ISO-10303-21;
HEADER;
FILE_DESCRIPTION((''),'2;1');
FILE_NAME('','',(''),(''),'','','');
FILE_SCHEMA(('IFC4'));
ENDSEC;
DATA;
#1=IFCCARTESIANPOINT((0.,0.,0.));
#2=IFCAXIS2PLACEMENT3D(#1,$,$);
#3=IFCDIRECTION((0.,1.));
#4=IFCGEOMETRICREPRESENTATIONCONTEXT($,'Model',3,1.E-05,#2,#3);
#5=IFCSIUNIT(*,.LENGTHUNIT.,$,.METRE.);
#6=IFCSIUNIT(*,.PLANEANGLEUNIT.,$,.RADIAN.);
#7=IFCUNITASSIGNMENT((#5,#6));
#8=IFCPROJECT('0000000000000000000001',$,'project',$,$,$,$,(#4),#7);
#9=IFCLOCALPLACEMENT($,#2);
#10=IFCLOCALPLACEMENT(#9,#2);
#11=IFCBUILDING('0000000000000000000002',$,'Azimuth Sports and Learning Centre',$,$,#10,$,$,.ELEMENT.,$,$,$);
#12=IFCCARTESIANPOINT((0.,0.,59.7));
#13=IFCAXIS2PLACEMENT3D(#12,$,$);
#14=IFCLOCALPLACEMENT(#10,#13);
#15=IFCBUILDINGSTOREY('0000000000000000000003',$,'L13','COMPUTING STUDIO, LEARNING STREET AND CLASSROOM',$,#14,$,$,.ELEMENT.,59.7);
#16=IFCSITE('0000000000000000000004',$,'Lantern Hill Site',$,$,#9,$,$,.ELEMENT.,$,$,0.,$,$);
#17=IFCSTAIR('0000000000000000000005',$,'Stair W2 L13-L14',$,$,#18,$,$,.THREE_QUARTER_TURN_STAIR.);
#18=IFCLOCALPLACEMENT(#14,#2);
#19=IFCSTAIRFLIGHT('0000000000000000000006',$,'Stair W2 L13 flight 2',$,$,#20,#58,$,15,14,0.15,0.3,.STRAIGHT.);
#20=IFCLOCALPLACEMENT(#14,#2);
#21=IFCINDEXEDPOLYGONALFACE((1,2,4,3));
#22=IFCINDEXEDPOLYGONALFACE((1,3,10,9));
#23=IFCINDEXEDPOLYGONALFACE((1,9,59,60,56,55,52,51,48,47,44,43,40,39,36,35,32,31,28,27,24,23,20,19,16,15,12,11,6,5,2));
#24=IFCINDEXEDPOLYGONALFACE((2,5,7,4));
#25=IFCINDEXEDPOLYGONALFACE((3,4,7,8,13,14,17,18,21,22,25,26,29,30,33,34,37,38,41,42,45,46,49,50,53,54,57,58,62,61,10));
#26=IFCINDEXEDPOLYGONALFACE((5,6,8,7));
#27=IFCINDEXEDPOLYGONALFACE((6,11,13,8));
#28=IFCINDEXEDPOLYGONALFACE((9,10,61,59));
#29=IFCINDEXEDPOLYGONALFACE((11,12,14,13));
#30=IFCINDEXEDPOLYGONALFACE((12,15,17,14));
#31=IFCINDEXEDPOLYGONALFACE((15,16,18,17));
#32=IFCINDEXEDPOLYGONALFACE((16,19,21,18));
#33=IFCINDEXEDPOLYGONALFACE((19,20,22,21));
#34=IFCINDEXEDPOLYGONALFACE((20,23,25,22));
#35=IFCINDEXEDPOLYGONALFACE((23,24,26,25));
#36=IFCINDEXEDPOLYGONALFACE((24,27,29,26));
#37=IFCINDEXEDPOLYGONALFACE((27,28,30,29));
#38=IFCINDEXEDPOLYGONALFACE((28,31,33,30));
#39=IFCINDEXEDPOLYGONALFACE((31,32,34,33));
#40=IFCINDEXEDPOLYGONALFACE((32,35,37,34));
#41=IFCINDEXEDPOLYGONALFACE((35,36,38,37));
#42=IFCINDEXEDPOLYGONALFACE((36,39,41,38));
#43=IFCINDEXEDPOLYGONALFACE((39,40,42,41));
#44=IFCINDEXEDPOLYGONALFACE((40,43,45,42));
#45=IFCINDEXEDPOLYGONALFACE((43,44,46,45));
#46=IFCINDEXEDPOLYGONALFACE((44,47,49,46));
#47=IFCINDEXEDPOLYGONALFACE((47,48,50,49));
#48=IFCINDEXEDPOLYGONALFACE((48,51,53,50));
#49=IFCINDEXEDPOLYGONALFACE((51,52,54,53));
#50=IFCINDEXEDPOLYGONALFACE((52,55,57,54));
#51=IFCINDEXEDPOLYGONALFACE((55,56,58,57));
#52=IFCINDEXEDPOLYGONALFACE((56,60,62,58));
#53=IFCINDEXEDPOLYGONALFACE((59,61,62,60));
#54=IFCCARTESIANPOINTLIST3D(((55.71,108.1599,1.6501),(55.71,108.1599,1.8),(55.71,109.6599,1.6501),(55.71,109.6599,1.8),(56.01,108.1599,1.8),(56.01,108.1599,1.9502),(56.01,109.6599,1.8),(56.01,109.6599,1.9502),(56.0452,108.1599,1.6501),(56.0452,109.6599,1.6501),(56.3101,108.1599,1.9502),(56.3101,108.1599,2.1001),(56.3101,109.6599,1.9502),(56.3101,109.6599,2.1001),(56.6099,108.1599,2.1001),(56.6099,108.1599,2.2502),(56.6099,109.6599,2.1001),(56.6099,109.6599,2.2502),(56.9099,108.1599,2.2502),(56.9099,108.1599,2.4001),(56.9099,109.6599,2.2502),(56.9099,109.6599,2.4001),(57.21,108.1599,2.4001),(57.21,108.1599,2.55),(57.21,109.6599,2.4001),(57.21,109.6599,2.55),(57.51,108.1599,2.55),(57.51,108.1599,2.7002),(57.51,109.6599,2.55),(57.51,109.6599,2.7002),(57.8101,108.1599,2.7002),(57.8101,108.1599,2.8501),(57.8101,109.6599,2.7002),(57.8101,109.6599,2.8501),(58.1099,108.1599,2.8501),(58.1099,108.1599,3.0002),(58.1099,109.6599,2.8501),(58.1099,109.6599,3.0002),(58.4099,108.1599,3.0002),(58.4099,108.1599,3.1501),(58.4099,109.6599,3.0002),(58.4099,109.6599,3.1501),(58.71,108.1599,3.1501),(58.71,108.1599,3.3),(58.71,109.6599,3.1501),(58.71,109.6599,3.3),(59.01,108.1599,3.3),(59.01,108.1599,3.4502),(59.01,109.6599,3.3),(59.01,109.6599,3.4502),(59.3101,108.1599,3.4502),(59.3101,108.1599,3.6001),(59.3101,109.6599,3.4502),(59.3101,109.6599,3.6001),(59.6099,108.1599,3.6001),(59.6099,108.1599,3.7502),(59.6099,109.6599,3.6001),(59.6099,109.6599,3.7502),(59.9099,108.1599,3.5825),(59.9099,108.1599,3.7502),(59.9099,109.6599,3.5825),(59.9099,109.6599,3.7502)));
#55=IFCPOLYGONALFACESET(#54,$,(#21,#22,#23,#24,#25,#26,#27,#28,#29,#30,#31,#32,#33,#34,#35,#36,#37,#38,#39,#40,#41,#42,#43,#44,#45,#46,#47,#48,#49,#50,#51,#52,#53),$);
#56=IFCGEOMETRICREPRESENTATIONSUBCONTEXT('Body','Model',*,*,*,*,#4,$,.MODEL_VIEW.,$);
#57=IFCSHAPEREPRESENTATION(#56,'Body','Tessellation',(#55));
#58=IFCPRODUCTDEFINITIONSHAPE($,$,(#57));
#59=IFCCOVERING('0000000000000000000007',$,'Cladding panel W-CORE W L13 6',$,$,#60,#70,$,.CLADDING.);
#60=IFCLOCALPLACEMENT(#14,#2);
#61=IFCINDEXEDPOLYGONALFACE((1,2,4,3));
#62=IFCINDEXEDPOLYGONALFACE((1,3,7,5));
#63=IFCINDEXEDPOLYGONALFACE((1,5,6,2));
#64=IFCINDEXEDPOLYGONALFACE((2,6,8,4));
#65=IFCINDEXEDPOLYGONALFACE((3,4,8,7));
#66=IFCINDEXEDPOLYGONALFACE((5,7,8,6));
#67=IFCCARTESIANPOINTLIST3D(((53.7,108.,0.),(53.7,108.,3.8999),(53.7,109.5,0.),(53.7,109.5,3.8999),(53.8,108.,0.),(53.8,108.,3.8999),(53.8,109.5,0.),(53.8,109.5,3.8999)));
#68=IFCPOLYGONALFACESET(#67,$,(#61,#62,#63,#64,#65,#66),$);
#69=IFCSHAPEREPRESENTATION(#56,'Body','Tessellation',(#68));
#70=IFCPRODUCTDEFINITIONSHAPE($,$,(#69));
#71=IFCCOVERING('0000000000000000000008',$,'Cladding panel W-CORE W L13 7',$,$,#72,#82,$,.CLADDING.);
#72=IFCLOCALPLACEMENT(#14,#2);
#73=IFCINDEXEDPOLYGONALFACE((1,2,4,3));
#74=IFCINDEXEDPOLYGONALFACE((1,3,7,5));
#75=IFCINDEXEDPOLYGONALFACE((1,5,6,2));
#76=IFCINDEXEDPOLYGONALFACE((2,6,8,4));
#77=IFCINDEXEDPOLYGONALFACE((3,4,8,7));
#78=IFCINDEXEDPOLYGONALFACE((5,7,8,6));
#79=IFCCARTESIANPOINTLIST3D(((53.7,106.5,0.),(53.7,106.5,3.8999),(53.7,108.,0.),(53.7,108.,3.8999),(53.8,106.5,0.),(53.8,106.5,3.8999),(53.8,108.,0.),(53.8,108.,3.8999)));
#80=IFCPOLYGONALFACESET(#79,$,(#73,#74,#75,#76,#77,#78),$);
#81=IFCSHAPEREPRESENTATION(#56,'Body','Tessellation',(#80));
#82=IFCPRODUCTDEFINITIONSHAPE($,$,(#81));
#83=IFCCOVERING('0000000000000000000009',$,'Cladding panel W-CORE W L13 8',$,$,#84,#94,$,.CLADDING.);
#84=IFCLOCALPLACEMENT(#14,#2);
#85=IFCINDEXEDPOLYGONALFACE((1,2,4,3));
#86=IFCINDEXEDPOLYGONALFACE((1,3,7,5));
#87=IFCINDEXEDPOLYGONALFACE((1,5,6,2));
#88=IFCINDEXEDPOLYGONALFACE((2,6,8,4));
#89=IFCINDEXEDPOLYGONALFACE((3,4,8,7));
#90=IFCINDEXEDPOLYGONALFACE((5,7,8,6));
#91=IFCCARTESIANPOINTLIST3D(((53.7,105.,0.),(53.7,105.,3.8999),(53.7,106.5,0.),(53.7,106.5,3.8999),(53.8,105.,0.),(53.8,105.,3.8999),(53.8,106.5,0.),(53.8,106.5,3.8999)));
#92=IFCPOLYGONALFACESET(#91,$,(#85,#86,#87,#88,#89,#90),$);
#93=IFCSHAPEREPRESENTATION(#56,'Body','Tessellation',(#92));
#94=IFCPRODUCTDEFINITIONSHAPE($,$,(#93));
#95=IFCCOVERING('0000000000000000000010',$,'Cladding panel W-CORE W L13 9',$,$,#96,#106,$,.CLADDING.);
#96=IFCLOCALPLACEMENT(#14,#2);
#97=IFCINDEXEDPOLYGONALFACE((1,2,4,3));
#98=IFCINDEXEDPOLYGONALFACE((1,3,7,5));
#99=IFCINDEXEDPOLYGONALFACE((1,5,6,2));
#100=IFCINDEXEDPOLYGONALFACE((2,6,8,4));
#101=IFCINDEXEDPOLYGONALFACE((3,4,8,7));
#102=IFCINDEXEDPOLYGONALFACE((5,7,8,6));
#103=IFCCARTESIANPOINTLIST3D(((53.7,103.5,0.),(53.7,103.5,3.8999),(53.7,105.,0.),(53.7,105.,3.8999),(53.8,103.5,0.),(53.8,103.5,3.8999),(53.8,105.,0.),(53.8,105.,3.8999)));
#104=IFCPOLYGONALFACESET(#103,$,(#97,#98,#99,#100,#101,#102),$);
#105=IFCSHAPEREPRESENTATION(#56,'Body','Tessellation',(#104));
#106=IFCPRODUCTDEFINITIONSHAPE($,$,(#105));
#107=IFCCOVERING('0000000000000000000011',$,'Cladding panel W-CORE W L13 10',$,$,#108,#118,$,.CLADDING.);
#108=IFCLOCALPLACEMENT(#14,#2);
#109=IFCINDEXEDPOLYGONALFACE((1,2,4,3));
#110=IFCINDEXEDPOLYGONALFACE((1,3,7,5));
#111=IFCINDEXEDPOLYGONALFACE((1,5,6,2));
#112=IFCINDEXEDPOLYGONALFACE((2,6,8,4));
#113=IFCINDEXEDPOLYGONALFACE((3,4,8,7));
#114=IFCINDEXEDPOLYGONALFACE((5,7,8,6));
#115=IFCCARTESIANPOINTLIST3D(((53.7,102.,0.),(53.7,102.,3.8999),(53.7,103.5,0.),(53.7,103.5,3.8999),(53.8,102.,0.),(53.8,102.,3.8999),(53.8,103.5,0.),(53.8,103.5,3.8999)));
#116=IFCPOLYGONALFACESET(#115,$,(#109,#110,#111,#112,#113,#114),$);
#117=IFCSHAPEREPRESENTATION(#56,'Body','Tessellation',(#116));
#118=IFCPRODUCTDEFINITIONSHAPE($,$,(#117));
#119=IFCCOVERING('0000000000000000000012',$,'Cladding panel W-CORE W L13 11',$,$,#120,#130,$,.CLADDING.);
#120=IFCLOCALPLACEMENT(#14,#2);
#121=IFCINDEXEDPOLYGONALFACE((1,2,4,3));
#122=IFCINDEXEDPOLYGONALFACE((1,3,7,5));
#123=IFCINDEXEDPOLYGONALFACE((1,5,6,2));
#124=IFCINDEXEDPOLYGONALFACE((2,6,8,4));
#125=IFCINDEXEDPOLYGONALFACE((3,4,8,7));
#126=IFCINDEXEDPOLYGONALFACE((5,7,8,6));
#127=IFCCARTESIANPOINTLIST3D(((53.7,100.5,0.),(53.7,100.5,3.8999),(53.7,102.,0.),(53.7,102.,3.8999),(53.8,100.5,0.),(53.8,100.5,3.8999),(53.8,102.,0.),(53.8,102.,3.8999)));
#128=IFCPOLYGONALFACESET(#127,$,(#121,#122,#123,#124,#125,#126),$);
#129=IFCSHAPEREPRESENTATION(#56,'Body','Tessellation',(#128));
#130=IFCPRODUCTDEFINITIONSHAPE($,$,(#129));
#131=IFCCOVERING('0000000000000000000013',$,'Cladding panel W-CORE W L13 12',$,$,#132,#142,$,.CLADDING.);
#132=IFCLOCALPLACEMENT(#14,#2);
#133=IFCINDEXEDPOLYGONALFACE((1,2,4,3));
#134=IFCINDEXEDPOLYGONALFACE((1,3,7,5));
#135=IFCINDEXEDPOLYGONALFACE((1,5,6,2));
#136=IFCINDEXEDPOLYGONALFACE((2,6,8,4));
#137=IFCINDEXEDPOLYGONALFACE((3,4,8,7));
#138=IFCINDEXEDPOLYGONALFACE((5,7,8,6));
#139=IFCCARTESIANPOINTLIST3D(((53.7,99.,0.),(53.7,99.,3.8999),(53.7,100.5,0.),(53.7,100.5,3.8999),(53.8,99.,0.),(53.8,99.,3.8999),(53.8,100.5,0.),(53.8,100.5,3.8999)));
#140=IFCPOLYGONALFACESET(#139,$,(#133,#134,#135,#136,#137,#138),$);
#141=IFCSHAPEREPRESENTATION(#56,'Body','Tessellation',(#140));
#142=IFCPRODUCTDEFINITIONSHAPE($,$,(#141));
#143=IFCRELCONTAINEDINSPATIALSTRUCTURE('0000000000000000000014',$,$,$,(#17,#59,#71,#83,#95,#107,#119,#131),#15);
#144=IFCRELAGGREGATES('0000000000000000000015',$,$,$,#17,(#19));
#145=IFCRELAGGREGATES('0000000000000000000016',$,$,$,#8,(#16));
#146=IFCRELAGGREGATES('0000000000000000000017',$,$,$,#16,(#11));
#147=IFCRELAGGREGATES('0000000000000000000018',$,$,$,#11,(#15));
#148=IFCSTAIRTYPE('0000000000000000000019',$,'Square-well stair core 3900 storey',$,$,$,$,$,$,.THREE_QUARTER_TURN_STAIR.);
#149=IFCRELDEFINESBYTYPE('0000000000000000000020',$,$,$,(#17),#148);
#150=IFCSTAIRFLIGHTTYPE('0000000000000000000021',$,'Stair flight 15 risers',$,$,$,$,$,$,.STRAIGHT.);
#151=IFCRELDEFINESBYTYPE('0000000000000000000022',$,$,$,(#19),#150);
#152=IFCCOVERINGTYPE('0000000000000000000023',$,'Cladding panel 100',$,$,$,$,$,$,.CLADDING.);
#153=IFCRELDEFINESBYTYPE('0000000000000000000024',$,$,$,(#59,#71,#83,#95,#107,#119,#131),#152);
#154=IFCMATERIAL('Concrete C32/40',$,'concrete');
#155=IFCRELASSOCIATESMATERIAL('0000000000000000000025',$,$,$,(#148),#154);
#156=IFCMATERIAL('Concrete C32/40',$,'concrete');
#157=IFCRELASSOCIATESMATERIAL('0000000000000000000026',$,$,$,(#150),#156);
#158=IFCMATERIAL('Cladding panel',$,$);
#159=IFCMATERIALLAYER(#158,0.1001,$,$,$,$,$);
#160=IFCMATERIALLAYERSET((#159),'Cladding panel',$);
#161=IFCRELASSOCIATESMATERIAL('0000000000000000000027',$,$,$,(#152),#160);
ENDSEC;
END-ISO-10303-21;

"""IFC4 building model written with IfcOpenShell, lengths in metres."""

from ifc_helpers import new_model, si_unit, direction, frame, origin, origin_2d, place, context, subcontext, project, spatial, polyline, rectangle, outline, extrude, material, layer, layer_set, type_object, element, aggregate, save


model = new_model("IFC4")

# Units and contexts
model_context = context("Model", 3, precision=1e-05, world=origin(), true_north=direction((0.0, 1.0)))
body_context = subcontext(model_context, "Body", "Model", "MODEL_VIEW")
ifc_project = project(units=[si_unit("LENGTHUNIT", "METRE"), si_unit("PLANEANGLEUNIT", "RADIAN")], contexts=[model_context])

# Site, building, storey
site_placement = place(None, origin())
site = spatial("IfcSite", under=ifc_project, at=site_placement, Name="Lantern Hill Site", CompositionType="ELEMENT", RefElevation=0.0)
building_placement = place(site_placement, origin())
building = spatial("IfcBuilding", under=site, at=building_placement, Name="Azimuth Sports and Learning Centre", CompositionType="ELEMENT")
storey_placement = place(building_placement, frame((0.0, 0.0, 59.7)))
storey = spatial("IfcBuildingStorey", under=building, at=storey_placement, Name="L13", Description="COMPUTING STUDIO, LEARNING STREET AND CLASSROOM", CompositionType="ELEMENT", Elevation=59.7)

# Stair, stair flight
ifc_material_1 = material(Name="Concrete C32/40", Category="concrete")
stair_type = type_object("IfcStairType", Name="Square-well stair core 3900 storey", PredefinedType="THREE_QUARTER_TURN_STAIR", material=ifc_material_1)
stair_placement = place(storey_placement, origin())
stair = element("IfcStair", 1, at=stair_placement, inside=storey, type_object=stair_type, Name="Stair W2 L13-L14", PredefinedType="THREE_QUARTER_TURN_STAIR")
ifc_material_2 = material(Name="Concrete C32/40", Category="concrete")
stair_flight_type = type_object("IfcStairFlightType", Name="Stair flight 15 risers", PredefinedType="STRAIGHT", material=ifc_material_2)
stair_flight_placement = place(storey_placement, frame((55.71, 108.9099, 1.6501), z_axis=(0.0, 0.0, 1.0), x_axis=(1.0, 0.0, 0.0)))
stair_flight = element("IfcStairFlight", 2, at=stair_flight_placement, type_object=stair_flight_type, Name="Stair W2 L13 flight 2", NumberOfRisers=15, NumberOfTreads=14, PredefinedType="STRAIGHT", RiserHeight=0.15, TreadLength=0.3, context=body_context, shape_type="SweptSolid", body=[
    extrude(outline(polyline([(0.0, 0.0), (0.0, 0.1499), (0.3, 0.1499), (0.3, 0.3), (0.6001, 0.3), (0.6001, 0.45), (0.8999, 0.45), (0.8999, 0.6001), (1.2, 0.6001), (1.2, 0.75), (1.5, 0.75), (1.5, 0.8999), (1.8, 0.8999), (1.8, 1.05), (2.1001, 1.05), (2.1001, 1.2), (2.3999, 1.2), (2.3999, 1.3501), (2.7, 1.3501), (2.7, 1.5), (3.0, 1.5), (3.0, 1.6499), (3.3, 1.6499), (3.3, 1.8), (3.6001, 1.8), (3.6001, 1.95), (3.8999, 1.95), (3.8999, 2.1001), (4.2, 2.1001), (4.2, 2.25), (4.2, 1.9324), (0.3352, 0.0), (0.0, 0.0)])), frame((0.0, 0.75, 0.0), z_axis=(0.0, -1.0, 0.0), x_axis=(1.0, 0.0, 0.0)), (0.0, 0.0, 1.0), 1.5),
])
aggregate(stair, [stair_flight])

# Coverings
ifc_material_3 = material(Name="Cladding panel")
ifc_layer_1 = layer(ifc_material_3, 0.1001)
ifc_layer_set_1 = layer_set([ifc_layer_1], Name="Cladding panel")
covering_type = type_object("IfcCoveringType", Name="Cladding panel 100", PredefinedType="CLADDING", material=ifc_layer_set_1)
for number, where, z_axis, x_axis, name in (
    (3, (53.75, 108.75, 0.0), (0.0, 0.0, 1.0), (0.0, -1.0, 0.0), "Cladding panel W-CORE W L13 6"),
    (4, (53.75, 107.25, 0.0), (0.0, 0.0, 1.0), (0.0, -1.0, 0.0), "Cladding panel W-CORE W L13 7"),
    (5, (53.75, 105.75, 0.0), (0.0, 0.0, 1.0), (0.0, -1.0, 0.0), "Cladding panel W-CORE W L13 8"),
    (6, (53.75, 104.25, 0.0), (0.0, 0.0, 1.0), (0.0, -1.0, 0.0), "Cladding panel W-CORE W L13 9"),
    (7, (53.75, 102.75, 0.0), (0.0, 0.0, 1.0), (0.0, -1.0, 0.0), "Cladding panel W-CORE W L13 10"),
    (8, (53.75, 101.25, 0.0), (0.0, 0.0, 1.0), (0.0, -1.0, 0.0), "Cladding panel W-CORE W L13 11"),
    (9, (53.75, 99.75, 0.0), (0.0, 0.0, 1.0), (0.0, -1.0, 0.0), "Cladding panel W-CORE W L13 12"),
):
    element("IfcCovering", number, at=place(storey_placement, frame(where, z_axis=z_axis, x_axis=x_axis)), inside=storey, type_object=covering_type, Name=name, PredefinedType="CLADDING", context=body_context, shape_type="SweptSolid", body=[
        extrude(rectangle(XDim=1.5, YDim=0.1001, at=origin_2d()), origin(), (0.0, 0.0, 1.0), 3.8999),
    ])

save(model, "model.ifc")
